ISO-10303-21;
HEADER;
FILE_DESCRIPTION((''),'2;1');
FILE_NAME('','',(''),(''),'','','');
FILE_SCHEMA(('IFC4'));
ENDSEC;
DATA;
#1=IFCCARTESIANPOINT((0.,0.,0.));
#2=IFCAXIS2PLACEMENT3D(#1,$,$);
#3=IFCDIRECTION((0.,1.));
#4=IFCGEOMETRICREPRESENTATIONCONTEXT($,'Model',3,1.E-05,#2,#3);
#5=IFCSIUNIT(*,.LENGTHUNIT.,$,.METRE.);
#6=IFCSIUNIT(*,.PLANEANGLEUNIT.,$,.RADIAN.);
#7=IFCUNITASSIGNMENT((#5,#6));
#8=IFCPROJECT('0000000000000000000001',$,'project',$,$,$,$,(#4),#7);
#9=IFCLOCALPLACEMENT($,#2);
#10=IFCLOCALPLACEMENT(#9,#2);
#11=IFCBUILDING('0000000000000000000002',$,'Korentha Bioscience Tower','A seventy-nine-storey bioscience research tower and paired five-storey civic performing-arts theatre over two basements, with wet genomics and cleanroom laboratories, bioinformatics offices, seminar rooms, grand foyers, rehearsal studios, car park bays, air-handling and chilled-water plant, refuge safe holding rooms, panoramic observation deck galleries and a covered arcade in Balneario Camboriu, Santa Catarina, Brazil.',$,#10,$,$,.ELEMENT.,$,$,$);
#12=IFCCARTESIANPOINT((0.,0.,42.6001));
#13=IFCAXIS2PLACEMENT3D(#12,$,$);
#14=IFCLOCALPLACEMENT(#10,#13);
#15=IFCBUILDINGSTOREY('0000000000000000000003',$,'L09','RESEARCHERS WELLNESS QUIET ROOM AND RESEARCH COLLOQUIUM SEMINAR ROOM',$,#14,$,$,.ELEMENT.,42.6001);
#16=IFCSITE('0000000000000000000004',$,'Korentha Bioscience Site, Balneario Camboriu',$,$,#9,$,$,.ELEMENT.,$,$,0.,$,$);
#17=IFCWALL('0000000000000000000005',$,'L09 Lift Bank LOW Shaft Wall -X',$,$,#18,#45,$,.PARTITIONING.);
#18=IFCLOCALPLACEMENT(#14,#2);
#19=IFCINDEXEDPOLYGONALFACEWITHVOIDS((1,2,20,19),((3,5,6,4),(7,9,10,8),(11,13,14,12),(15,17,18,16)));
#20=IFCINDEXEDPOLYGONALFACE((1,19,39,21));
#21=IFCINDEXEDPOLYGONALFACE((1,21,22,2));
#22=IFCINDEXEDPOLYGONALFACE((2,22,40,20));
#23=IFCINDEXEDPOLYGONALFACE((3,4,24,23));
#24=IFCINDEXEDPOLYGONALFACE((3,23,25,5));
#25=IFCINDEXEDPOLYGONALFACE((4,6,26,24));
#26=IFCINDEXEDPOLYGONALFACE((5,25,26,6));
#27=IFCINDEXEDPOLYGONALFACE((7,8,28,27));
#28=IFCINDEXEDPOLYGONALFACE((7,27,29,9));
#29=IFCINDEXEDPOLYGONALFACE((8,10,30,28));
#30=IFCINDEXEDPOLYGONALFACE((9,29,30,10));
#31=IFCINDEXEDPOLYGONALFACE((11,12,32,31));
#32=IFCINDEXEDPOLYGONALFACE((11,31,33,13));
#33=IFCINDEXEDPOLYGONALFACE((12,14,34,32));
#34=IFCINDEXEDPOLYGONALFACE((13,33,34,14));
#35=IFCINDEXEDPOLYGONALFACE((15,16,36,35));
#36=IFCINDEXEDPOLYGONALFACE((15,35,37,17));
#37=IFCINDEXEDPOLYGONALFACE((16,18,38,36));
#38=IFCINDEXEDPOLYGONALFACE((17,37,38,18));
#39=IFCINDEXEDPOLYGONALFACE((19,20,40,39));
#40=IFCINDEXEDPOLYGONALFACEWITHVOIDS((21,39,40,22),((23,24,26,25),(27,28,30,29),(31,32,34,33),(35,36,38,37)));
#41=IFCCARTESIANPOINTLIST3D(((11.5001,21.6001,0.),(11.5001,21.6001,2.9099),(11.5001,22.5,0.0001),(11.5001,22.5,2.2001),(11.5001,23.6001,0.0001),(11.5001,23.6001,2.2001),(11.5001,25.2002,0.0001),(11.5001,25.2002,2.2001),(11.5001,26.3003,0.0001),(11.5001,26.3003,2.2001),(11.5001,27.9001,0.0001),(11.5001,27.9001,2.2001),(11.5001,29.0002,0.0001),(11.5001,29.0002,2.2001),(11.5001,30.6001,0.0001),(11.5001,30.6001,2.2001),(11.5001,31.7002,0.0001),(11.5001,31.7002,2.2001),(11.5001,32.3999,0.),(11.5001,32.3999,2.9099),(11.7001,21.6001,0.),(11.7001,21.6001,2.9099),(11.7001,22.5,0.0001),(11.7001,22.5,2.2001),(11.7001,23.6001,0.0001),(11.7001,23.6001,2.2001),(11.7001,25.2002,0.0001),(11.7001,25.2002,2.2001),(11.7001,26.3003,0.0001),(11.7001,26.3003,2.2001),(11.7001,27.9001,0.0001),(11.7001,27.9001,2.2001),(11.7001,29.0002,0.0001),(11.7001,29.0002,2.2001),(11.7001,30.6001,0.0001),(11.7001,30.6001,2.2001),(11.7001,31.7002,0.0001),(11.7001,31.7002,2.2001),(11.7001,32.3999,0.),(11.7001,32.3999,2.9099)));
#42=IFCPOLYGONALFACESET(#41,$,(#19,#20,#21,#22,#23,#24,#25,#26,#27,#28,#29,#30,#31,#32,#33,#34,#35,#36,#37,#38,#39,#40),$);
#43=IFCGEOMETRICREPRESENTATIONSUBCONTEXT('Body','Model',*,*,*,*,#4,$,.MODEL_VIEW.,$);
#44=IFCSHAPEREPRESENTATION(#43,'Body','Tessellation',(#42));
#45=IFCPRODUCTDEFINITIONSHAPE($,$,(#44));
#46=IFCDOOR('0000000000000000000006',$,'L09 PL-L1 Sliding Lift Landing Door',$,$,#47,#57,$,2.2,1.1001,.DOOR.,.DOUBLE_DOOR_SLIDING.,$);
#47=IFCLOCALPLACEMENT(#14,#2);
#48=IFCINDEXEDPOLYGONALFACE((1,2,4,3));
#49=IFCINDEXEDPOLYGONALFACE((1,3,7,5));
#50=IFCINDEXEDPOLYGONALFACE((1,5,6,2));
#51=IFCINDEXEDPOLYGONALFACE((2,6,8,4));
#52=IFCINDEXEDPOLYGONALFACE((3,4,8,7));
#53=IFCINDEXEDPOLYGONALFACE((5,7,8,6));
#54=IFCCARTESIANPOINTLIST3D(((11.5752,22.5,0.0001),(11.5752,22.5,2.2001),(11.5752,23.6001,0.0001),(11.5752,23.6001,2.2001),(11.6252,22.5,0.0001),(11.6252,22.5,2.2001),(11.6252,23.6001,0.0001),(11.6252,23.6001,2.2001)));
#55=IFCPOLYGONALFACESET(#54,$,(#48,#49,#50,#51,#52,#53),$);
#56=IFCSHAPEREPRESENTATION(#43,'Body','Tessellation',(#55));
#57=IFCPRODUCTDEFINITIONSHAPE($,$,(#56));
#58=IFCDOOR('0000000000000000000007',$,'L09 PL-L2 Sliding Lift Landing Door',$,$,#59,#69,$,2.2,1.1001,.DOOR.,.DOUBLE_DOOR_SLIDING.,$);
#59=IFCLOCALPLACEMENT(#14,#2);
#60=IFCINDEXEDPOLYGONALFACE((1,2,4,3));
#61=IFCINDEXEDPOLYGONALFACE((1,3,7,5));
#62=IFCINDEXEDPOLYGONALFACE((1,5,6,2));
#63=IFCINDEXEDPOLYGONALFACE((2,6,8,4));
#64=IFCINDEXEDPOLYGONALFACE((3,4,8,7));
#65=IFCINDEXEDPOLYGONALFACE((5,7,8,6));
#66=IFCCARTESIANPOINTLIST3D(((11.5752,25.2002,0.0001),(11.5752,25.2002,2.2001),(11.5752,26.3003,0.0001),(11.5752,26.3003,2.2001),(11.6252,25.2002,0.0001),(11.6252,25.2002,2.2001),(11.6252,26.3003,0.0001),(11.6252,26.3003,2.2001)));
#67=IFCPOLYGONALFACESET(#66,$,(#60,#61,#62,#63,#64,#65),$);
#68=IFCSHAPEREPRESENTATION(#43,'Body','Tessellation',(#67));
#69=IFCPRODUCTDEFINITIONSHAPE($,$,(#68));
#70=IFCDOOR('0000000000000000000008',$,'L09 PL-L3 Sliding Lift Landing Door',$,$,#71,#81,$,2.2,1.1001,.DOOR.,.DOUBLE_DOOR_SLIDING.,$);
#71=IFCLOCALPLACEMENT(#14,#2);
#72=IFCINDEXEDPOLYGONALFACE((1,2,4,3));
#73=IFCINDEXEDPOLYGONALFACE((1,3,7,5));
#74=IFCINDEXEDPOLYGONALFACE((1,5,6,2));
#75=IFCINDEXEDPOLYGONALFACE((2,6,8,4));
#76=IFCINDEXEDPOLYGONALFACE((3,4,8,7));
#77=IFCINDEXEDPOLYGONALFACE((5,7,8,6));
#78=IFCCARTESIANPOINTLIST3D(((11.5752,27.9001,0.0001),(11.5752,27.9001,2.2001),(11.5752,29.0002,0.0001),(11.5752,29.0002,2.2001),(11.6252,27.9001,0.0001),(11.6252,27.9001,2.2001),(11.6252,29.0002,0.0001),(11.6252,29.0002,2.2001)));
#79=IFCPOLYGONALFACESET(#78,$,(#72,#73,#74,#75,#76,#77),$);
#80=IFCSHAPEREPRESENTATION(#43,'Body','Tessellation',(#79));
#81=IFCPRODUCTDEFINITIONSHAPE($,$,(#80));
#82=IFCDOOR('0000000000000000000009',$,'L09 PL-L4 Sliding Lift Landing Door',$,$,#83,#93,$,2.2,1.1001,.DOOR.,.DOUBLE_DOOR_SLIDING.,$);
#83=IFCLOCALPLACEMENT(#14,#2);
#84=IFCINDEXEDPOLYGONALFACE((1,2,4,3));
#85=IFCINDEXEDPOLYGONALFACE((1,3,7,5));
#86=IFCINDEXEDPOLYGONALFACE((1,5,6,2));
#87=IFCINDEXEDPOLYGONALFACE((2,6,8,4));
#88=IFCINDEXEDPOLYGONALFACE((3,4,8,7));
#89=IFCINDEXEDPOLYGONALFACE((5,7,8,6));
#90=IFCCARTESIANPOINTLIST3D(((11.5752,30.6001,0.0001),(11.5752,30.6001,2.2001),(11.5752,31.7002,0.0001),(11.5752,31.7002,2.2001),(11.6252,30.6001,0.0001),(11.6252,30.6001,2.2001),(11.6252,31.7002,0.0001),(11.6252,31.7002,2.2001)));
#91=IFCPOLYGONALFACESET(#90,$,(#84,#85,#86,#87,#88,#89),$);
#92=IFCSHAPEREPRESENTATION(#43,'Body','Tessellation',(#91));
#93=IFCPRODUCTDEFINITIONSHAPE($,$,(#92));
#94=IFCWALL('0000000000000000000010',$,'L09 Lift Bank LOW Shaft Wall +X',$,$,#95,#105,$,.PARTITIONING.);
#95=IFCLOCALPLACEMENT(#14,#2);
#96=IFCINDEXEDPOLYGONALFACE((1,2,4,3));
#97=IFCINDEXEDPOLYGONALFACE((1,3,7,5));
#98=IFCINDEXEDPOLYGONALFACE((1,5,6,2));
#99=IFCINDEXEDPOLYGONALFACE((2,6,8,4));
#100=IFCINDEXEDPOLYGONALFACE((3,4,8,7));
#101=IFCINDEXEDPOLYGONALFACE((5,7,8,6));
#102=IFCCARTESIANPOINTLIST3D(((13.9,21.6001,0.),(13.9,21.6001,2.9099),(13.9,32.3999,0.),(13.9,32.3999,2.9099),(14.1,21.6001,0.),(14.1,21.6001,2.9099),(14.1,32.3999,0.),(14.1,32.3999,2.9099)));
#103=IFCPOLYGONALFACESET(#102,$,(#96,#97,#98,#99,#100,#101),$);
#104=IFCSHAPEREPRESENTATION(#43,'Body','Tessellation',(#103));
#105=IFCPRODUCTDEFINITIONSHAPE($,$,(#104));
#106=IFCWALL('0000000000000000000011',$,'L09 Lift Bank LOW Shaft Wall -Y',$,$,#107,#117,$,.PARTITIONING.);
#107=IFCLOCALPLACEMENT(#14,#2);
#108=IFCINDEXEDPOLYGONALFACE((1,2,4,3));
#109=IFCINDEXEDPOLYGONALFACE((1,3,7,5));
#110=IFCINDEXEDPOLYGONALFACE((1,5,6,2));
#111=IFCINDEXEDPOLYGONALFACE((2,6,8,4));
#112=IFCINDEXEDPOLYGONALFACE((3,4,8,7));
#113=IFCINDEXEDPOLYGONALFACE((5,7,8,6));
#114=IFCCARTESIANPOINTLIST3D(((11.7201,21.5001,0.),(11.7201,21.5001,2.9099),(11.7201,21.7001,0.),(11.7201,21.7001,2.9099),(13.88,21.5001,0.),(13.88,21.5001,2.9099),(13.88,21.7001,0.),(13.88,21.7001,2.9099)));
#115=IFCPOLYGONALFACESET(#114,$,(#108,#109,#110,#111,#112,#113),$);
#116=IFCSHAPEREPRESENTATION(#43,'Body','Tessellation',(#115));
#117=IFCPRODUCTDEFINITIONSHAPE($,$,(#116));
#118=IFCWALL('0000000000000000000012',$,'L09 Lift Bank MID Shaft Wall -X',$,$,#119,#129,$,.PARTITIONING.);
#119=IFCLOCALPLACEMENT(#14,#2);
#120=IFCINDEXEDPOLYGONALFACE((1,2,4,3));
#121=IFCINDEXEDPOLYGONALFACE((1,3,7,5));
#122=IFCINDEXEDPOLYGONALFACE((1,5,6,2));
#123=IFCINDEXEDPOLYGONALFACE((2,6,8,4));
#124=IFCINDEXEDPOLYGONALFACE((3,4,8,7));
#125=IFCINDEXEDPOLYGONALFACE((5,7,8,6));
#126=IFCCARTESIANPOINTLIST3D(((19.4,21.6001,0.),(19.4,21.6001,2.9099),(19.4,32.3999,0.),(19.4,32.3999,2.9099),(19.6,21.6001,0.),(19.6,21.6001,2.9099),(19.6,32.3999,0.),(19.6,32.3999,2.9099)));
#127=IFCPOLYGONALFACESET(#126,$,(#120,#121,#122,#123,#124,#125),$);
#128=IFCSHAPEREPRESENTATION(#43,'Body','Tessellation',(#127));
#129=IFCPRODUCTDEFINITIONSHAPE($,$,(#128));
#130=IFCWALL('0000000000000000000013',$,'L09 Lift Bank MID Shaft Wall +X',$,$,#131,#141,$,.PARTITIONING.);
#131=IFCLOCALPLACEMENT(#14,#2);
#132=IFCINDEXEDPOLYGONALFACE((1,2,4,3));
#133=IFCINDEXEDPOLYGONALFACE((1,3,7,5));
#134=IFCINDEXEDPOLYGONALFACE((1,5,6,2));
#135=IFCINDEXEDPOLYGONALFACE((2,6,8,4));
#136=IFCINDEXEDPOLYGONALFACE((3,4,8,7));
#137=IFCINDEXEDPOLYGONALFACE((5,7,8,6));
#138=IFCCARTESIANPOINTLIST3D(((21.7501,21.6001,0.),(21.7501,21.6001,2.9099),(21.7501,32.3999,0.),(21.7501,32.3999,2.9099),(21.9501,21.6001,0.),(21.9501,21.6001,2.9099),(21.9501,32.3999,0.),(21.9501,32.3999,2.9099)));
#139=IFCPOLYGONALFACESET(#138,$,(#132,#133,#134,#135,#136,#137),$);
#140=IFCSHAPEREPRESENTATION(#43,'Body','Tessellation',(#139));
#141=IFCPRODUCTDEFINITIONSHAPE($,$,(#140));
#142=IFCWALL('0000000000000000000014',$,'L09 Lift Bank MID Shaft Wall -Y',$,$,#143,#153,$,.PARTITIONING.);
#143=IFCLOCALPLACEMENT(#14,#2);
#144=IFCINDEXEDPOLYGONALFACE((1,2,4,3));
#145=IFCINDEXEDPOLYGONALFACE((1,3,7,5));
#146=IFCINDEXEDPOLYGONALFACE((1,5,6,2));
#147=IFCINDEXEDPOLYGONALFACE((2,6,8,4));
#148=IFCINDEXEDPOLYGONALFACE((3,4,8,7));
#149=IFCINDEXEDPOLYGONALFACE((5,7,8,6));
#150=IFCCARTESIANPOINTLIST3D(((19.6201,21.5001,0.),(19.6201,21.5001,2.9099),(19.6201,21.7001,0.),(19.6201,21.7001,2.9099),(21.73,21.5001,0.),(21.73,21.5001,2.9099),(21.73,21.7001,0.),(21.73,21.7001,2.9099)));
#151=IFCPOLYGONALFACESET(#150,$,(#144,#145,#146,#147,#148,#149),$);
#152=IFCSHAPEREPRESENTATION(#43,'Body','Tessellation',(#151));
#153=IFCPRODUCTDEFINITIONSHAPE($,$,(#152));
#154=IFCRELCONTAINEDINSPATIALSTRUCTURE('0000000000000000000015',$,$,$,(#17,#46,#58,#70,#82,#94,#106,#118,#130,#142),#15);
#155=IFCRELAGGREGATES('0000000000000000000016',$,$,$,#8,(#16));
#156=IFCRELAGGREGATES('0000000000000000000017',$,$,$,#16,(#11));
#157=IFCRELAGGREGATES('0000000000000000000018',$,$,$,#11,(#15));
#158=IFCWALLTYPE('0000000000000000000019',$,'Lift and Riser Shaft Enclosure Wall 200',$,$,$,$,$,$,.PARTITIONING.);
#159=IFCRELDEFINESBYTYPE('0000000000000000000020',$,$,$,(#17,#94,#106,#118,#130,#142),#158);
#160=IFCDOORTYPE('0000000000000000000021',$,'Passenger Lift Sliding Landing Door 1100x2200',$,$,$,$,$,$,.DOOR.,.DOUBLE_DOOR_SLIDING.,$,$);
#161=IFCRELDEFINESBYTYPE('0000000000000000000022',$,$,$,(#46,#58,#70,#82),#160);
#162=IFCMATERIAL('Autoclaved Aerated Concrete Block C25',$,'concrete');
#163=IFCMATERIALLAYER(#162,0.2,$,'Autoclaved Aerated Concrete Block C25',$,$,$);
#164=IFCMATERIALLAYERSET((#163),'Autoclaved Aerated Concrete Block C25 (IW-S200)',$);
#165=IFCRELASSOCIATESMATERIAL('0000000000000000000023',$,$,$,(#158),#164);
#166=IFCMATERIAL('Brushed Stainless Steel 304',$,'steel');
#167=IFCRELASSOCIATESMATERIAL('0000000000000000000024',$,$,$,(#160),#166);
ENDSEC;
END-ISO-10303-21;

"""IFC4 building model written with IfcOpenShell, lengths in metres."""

from ifc_helpers import new_model, si_unit, direction, frame, frame_2d, origin, place, context, subcontext, project, spatial, rectangle, extrude, material, layer, layer_set, type_object, element, fill, save


model = new_model("IFC4")

# Units and contexts
model_context = context("Model", 3, precision=1e-05, world=origin(), true_north=direction((0.0, 1.0)))
body_context = subcontext(model_context, "Body", "Model", "MODEL_VIEW")
ifc_project = project(units=[si_unit("LENGTHUNIT", "METRE"), si_unit("PLANEANGLEUNIT", "RADIAN")], contexts=[model_context])

# Site, building, storey
site_placement = place(None, origin())
site = spatial("IfcSite", under=ifc_project, at=site_placement, Name="Korentha Bioscience Site, Balneario Camboriu", CompositionType="ELEMENT", RefElevation=0.0)
building_placement = place(site_placement, origin())
building = spatial("IfcBuilding", under=site, at=building_placement, Name="Korentha Bioscience Tower", Description="A seventy-nine-storey bioscience research tower and paired five-storey civic performing-arts theatre over two basements, with wet genomics and cleanroom laboratories, bioinformatics offices, seminar rooms, grand foyers, rehearsal studios, car park bays, air-handling and chilled-water plant, refuge safe holding rooms, panoramic observation deck galleries and a covered arcade in Balneario Camboriu, Santa Catarina, Brazil.", CompositionType="ELEMENT")
storey_placement = place(building_placement, frame((0.0, 0.0, 42.6001)))
storey = spatial("IfcBuildingStorey", under=building, at=storey_placement, Name="L09", Description="RESEARCHERS WELLNESS QUIET ROOM AND RESEARCH COLLOQUIUM SEMINAR ROOM", CompositionType="ELEMENT", Elevation=42.6001)

# Wall, openings, doors
ifc_material_1 = material(Name="Autoclaved Aerated Concrete Block C25", Category="concrete")
ifc_layer_1 = layer(ifc_material_1, 0.2, Name="Autoclaved Aerated Concrete Block C25")
ifc_layer_set_1 = layer_set([ifc_layer_1], Name="Autoclaved Aerated Concrete Block C25 (IW-S200)")
wall_type_1 = type_object("IfcWallType", Name="Lift and Riser Shaft Enclosure Wall 200", PredefinedType="PARTITIONING", material=ifc_layer_set_1)
wall_1_placement = place(storey_placement, frame((11.6001, 21.6001, 0.0), z_axis=(0.0, 0.0, 1.0), x_axis=(0.0, 1.0, 0.0)))
wall_1 = element("IfcWall", 1, at=wall_1_placement, inside=storey, type_object=wall_type_1, Name="L09 Lift Bank LOW Shaft Wall -X", PredefinedType="PARTITIONING", context=body_context, shape_type="SweptSolid", body=[
    extrude(rectangle(XDim=10.7998, YDim=0.2, at=frame_2d((5.3999, 0.0))), origin(), (0.0, 0.0, 1.0), 2.9099),
])
opening_1_placement = place(wall_1_placement, frame((0.8999, 0.0, 0.0)))
opening_1 = element("IfcOpeningElement", 2, at=opening_1_placement, cuts=wall_1, PredefinedType="OPENING", context=body_context, shape_type="SweptSolid", body=[
    extrude(rectangle(XDim=1.1001, YDim=2.2, at=frame_2d((0.55, 1.1001))), frame((0.0, 0.1147, 0.0), z_axis=(0.0, -1.0, 0.0), x_axis=(1.0, 0.0, 0.0)), (0.0, 0.0, 1.0), 0.2297),
])
opening_2_placement = place(wall_1_placement, frame((3.6001, 0.0, 0.0)))
opening_2 = element("IfcOpeningElement", 3, at=opening_2_placement, cuts=wall_1, PredefinedType="OPENING", context=body_context, shape_type="SweptSolid", body=[
    extrude(rectangle(XDim=1.1001, YDim=2.2, at=frame_2d((0.55, 1.1001))), frame((0.0, 0.1147, 0.0), z_axis=(0.0, -1.0, 0.0), x_axis=(1.0, 0.0, 0.0)), (0.0, 0.0, 1.0), 0.2297),
])
opening_3_placement = place(wall_1_placement, frame((6.3, 0.0, 0.0)))
opening_3 = element("IfcOpeningElement", 4, at=opening_3_placement, cuts=wall_1, PredefinedType="OPENING", context=body_context, shape_type="SweptSolid", body=[
    extrude(rectangle(XDim=1.1001, YDim=2.2, at=frame_2d((0.55, 1.1001))), frame((0.0, 0.1147, 0.0), z_axis=(0.0, -1.0, 0.0), x_axis=(1.0, 0.0, 0.0)), (0.0, 0.0, 1.0), 0.2297),
])
opening_4_placement = place(wall_1_placement, frame((9.0, 0.0, 0.0)))
opening_4 = element("IfcOpeningElement", 5, at=opening_4_placement, cuts=wall_1, PredefinedType="OPENING", context=body_context, shape_type="SweptSolid", body=[
    extrude(rectangle(XDim=1.1001, YDim=2.2, at=frame_2d((0.55, 1.1001))), frame((0.0, 0.1147, 0.0), z_axis=(0.0, -1.0, 0.0), x_axis=(1.0, 0.0, 0.0)), (0.0, 0.0, 1.0), 0.2297),
])
ifc_material_2 = material(Name="Brushed Stainless Steel 304", Category="steel")
door_type_1 = type_object("IfcDoorType", Name="Passenger Lift Sliding Landing Door 1100x2200", OperationType="DOUBLE_DOOR_SLIDING", PredefinedType="DOOR", material=ifc_material_2)
door_1_placement = place(opening_1_placement, origin())
door_1 = element("IfcDoor", 6, at=door_1_placement, inside=storey, type_object=door_type_1, Name="L09 PL-L1 Sliding Lift Landing Door", OperationType="DOUBLE_DOOR_SLIDING", OverallHeight=2.2, OverallWidth=1.1001, PredefinedType="DOOR", context=body_context, shape_type="SweptSolid", body=[
    extrude(rectangle(XDim=1.1001, YDim=2.2, at=frame_2d((0.55, 1.1001))), frame((0.0, 0.0249, 0.0), z_axis=(0.0, -1.0, 0.0), x_axis=(1.0, 0.0, 0.0)), (0.0, 0.0, 1.0), 0.05),
])
fill(opening_1, door_1)
door_2_placement = place(opening_2_placement, origin())
door_2 = element("IfcDoor", 7, at=door_2_placement, inside=storey, type_object=door_type_1, Name="L09 PL-L2 Sliding Lift Landing Door", OperationType="DOUBLE_DOOR_SLIDING", OverallHeight=2.2, OverallWidth=1.1001, PredefinedType="DOOR", context=body_context, shape_type="SweptSolid", body=[
    extrude(rectangle(XDim=1.1001, YDim=2.2, at=frame_2d((0.55, 1.1001))), frame((0.0, 0.0249, 0.0), z_axis=(0.0, -1.0, 0.0), x_axis=(1.0, 0.0, 0.0)), (0.0, 0.0, 1.0), 0.05),
])
fill(opening_2, door_2)
door_3_placement = place(opening_3_placement, origin())
door_3 = element("IfcDoor", 8, at=door_3_placement, inside=storey, type_object=door_type_1, Name="L09 PL-L3 Sliding Lift Landing Door", OperationType="DOUBLE_DOOR_SLIDING", OverallHeight=2.2, OverallWidth=1.1001, PredefinedType="DOOR", context=body_context, shape_type="SweptSolid", body=[
    extrude(rectangle(XDim=1.1001, YDim=2.2, at=frame_2d((0.55, 1.1001))), frame((0.0, 0.0249, 0.0), z_axis=(0.0, -1.0, 0.0), x_axis=(1.0, 0.0, 0.0)), (0.0, 0.0, 1.0), 0.05),
])
fill(opening_3, door_3)
door_4_placement = place(opening_4_placement, origin())
door_4 = element("IfcDoor", 9, at=door_4_placement, inside=storey, type_object=door_type_1, Name="L09 PL-L4 Sliding Lift Landing Door", OperationType="DOUBLE_DOOR_SLIDING", OverallHeight=2.2, OverallWidth=1.1001, PredefinedType="DOOR", context=body_context, shape_type="SweptSolid", body=[
    extrude(rectangle(XDim=1.1001, YDim=2.2, at=frame_2d((0.55, 1.1001))), frame((0.0, 0.0249, 0.0), z_axis=(0.0, -1.0, 0.0), x_axis=(1.0, 0.0, 0.0)), (0.0, 0.0, 1.0), 0.05),
])
fill(opening_4, door_4)

# Walls
wall_2_placement = place(storey_placement, frame((14.0, 21.6001, 0.0), z_axis=(0.0, 0.0, 1.0), x_axis=(0.0, 1.0, 0.0)))
element("IfcWall", 10, at=wall_2_placement, inside=storey, type_object=wall_type_1, Name="L09 Lift Bank LOW Shaft Wall +X", PredefinedType="PARTITIONING", context=body_context, shape_type="SweptSolid", body=[
    extrude(rectangle(XDim=10.7998, YDim=0.2, at=frame_2d((5.3999, 0.0))), origin(), (0.0, 0.0, 1.0), 2.9099),
])
wall_3_placement = place(storey_placement, frame((11.72, 21.6001, 0.0), z_axis=(0.0, 0.0, 1.0), x_axis=(1.0, 0.0, 0.0)))
element("IfcWall", 11, at=wall_3_placement, inside=storey, type_object=wall_type_1, Name="L09 Lift Bank LOW Shaft Wall -Y", PredefinedType="PARTITIONING", context=body_context, shape_type="SweptSolid", body=[
    extrude(rectangle(XDim=2.1599, YDim=0.2, at=frame_2d((1.0801, 0.0))), origin(), (0.0, 0.0, 1.0), 2.9099),
])
for number, where, z_axis, x_axis, name in (
    (12, (19.5, 21.6001, 0.0), (0.0, 0.0, 1.0), (0.0, 1.0, 0.0), "L09 Lift Bank MID Shaft Wall -X"),
    (13, (21.8501, 21.6001, 0.0), (0.0, 0.0, 1.0), (0.0, 1.0, 0.0), "L09 Lift Bank MID Shaft Wall +X"),
):
    element("IfcWall", number, at=place(storey_placement, frame(where, z_axis=z_axis, x_axis=x_axis)), inside=storey, type_object=wall_type_1, Name=name, PredefinedType="PARTITIONING", context=body_context, shape_type="SweptSolid", body=[
        extrude(rectangle(XDim=10.7998, YDim=0.2, at=frame_2d((5.3999, 0.0))), origin(), (0.0, 0.0, 1.0), 2.9099),
    ])
wall_4_placement = place(storey_placement, frame((19.6201, 21.6001, 0.0), z_axis=(0.0, 0.0, 1.0), x_axis=(1.0, 0.0, 0.0)))
element("IfcWall", 14, at=wall_4_placement, inside=storey, type_object=wall_type_1, Name="L09 Lift Bank MID Shaft Wall -Y", PredefinedType="PARTITIONING", context=body_context, shape_type="SweptSolid", body=[
    extrude(rectangle(XDim=2.1099, YDim=0.2, at=frame_2d((1.0549, 0.0))), origin(), (0.0, 0.0, 1.0), 2.9099),
])

save(model, "model.ifc")
